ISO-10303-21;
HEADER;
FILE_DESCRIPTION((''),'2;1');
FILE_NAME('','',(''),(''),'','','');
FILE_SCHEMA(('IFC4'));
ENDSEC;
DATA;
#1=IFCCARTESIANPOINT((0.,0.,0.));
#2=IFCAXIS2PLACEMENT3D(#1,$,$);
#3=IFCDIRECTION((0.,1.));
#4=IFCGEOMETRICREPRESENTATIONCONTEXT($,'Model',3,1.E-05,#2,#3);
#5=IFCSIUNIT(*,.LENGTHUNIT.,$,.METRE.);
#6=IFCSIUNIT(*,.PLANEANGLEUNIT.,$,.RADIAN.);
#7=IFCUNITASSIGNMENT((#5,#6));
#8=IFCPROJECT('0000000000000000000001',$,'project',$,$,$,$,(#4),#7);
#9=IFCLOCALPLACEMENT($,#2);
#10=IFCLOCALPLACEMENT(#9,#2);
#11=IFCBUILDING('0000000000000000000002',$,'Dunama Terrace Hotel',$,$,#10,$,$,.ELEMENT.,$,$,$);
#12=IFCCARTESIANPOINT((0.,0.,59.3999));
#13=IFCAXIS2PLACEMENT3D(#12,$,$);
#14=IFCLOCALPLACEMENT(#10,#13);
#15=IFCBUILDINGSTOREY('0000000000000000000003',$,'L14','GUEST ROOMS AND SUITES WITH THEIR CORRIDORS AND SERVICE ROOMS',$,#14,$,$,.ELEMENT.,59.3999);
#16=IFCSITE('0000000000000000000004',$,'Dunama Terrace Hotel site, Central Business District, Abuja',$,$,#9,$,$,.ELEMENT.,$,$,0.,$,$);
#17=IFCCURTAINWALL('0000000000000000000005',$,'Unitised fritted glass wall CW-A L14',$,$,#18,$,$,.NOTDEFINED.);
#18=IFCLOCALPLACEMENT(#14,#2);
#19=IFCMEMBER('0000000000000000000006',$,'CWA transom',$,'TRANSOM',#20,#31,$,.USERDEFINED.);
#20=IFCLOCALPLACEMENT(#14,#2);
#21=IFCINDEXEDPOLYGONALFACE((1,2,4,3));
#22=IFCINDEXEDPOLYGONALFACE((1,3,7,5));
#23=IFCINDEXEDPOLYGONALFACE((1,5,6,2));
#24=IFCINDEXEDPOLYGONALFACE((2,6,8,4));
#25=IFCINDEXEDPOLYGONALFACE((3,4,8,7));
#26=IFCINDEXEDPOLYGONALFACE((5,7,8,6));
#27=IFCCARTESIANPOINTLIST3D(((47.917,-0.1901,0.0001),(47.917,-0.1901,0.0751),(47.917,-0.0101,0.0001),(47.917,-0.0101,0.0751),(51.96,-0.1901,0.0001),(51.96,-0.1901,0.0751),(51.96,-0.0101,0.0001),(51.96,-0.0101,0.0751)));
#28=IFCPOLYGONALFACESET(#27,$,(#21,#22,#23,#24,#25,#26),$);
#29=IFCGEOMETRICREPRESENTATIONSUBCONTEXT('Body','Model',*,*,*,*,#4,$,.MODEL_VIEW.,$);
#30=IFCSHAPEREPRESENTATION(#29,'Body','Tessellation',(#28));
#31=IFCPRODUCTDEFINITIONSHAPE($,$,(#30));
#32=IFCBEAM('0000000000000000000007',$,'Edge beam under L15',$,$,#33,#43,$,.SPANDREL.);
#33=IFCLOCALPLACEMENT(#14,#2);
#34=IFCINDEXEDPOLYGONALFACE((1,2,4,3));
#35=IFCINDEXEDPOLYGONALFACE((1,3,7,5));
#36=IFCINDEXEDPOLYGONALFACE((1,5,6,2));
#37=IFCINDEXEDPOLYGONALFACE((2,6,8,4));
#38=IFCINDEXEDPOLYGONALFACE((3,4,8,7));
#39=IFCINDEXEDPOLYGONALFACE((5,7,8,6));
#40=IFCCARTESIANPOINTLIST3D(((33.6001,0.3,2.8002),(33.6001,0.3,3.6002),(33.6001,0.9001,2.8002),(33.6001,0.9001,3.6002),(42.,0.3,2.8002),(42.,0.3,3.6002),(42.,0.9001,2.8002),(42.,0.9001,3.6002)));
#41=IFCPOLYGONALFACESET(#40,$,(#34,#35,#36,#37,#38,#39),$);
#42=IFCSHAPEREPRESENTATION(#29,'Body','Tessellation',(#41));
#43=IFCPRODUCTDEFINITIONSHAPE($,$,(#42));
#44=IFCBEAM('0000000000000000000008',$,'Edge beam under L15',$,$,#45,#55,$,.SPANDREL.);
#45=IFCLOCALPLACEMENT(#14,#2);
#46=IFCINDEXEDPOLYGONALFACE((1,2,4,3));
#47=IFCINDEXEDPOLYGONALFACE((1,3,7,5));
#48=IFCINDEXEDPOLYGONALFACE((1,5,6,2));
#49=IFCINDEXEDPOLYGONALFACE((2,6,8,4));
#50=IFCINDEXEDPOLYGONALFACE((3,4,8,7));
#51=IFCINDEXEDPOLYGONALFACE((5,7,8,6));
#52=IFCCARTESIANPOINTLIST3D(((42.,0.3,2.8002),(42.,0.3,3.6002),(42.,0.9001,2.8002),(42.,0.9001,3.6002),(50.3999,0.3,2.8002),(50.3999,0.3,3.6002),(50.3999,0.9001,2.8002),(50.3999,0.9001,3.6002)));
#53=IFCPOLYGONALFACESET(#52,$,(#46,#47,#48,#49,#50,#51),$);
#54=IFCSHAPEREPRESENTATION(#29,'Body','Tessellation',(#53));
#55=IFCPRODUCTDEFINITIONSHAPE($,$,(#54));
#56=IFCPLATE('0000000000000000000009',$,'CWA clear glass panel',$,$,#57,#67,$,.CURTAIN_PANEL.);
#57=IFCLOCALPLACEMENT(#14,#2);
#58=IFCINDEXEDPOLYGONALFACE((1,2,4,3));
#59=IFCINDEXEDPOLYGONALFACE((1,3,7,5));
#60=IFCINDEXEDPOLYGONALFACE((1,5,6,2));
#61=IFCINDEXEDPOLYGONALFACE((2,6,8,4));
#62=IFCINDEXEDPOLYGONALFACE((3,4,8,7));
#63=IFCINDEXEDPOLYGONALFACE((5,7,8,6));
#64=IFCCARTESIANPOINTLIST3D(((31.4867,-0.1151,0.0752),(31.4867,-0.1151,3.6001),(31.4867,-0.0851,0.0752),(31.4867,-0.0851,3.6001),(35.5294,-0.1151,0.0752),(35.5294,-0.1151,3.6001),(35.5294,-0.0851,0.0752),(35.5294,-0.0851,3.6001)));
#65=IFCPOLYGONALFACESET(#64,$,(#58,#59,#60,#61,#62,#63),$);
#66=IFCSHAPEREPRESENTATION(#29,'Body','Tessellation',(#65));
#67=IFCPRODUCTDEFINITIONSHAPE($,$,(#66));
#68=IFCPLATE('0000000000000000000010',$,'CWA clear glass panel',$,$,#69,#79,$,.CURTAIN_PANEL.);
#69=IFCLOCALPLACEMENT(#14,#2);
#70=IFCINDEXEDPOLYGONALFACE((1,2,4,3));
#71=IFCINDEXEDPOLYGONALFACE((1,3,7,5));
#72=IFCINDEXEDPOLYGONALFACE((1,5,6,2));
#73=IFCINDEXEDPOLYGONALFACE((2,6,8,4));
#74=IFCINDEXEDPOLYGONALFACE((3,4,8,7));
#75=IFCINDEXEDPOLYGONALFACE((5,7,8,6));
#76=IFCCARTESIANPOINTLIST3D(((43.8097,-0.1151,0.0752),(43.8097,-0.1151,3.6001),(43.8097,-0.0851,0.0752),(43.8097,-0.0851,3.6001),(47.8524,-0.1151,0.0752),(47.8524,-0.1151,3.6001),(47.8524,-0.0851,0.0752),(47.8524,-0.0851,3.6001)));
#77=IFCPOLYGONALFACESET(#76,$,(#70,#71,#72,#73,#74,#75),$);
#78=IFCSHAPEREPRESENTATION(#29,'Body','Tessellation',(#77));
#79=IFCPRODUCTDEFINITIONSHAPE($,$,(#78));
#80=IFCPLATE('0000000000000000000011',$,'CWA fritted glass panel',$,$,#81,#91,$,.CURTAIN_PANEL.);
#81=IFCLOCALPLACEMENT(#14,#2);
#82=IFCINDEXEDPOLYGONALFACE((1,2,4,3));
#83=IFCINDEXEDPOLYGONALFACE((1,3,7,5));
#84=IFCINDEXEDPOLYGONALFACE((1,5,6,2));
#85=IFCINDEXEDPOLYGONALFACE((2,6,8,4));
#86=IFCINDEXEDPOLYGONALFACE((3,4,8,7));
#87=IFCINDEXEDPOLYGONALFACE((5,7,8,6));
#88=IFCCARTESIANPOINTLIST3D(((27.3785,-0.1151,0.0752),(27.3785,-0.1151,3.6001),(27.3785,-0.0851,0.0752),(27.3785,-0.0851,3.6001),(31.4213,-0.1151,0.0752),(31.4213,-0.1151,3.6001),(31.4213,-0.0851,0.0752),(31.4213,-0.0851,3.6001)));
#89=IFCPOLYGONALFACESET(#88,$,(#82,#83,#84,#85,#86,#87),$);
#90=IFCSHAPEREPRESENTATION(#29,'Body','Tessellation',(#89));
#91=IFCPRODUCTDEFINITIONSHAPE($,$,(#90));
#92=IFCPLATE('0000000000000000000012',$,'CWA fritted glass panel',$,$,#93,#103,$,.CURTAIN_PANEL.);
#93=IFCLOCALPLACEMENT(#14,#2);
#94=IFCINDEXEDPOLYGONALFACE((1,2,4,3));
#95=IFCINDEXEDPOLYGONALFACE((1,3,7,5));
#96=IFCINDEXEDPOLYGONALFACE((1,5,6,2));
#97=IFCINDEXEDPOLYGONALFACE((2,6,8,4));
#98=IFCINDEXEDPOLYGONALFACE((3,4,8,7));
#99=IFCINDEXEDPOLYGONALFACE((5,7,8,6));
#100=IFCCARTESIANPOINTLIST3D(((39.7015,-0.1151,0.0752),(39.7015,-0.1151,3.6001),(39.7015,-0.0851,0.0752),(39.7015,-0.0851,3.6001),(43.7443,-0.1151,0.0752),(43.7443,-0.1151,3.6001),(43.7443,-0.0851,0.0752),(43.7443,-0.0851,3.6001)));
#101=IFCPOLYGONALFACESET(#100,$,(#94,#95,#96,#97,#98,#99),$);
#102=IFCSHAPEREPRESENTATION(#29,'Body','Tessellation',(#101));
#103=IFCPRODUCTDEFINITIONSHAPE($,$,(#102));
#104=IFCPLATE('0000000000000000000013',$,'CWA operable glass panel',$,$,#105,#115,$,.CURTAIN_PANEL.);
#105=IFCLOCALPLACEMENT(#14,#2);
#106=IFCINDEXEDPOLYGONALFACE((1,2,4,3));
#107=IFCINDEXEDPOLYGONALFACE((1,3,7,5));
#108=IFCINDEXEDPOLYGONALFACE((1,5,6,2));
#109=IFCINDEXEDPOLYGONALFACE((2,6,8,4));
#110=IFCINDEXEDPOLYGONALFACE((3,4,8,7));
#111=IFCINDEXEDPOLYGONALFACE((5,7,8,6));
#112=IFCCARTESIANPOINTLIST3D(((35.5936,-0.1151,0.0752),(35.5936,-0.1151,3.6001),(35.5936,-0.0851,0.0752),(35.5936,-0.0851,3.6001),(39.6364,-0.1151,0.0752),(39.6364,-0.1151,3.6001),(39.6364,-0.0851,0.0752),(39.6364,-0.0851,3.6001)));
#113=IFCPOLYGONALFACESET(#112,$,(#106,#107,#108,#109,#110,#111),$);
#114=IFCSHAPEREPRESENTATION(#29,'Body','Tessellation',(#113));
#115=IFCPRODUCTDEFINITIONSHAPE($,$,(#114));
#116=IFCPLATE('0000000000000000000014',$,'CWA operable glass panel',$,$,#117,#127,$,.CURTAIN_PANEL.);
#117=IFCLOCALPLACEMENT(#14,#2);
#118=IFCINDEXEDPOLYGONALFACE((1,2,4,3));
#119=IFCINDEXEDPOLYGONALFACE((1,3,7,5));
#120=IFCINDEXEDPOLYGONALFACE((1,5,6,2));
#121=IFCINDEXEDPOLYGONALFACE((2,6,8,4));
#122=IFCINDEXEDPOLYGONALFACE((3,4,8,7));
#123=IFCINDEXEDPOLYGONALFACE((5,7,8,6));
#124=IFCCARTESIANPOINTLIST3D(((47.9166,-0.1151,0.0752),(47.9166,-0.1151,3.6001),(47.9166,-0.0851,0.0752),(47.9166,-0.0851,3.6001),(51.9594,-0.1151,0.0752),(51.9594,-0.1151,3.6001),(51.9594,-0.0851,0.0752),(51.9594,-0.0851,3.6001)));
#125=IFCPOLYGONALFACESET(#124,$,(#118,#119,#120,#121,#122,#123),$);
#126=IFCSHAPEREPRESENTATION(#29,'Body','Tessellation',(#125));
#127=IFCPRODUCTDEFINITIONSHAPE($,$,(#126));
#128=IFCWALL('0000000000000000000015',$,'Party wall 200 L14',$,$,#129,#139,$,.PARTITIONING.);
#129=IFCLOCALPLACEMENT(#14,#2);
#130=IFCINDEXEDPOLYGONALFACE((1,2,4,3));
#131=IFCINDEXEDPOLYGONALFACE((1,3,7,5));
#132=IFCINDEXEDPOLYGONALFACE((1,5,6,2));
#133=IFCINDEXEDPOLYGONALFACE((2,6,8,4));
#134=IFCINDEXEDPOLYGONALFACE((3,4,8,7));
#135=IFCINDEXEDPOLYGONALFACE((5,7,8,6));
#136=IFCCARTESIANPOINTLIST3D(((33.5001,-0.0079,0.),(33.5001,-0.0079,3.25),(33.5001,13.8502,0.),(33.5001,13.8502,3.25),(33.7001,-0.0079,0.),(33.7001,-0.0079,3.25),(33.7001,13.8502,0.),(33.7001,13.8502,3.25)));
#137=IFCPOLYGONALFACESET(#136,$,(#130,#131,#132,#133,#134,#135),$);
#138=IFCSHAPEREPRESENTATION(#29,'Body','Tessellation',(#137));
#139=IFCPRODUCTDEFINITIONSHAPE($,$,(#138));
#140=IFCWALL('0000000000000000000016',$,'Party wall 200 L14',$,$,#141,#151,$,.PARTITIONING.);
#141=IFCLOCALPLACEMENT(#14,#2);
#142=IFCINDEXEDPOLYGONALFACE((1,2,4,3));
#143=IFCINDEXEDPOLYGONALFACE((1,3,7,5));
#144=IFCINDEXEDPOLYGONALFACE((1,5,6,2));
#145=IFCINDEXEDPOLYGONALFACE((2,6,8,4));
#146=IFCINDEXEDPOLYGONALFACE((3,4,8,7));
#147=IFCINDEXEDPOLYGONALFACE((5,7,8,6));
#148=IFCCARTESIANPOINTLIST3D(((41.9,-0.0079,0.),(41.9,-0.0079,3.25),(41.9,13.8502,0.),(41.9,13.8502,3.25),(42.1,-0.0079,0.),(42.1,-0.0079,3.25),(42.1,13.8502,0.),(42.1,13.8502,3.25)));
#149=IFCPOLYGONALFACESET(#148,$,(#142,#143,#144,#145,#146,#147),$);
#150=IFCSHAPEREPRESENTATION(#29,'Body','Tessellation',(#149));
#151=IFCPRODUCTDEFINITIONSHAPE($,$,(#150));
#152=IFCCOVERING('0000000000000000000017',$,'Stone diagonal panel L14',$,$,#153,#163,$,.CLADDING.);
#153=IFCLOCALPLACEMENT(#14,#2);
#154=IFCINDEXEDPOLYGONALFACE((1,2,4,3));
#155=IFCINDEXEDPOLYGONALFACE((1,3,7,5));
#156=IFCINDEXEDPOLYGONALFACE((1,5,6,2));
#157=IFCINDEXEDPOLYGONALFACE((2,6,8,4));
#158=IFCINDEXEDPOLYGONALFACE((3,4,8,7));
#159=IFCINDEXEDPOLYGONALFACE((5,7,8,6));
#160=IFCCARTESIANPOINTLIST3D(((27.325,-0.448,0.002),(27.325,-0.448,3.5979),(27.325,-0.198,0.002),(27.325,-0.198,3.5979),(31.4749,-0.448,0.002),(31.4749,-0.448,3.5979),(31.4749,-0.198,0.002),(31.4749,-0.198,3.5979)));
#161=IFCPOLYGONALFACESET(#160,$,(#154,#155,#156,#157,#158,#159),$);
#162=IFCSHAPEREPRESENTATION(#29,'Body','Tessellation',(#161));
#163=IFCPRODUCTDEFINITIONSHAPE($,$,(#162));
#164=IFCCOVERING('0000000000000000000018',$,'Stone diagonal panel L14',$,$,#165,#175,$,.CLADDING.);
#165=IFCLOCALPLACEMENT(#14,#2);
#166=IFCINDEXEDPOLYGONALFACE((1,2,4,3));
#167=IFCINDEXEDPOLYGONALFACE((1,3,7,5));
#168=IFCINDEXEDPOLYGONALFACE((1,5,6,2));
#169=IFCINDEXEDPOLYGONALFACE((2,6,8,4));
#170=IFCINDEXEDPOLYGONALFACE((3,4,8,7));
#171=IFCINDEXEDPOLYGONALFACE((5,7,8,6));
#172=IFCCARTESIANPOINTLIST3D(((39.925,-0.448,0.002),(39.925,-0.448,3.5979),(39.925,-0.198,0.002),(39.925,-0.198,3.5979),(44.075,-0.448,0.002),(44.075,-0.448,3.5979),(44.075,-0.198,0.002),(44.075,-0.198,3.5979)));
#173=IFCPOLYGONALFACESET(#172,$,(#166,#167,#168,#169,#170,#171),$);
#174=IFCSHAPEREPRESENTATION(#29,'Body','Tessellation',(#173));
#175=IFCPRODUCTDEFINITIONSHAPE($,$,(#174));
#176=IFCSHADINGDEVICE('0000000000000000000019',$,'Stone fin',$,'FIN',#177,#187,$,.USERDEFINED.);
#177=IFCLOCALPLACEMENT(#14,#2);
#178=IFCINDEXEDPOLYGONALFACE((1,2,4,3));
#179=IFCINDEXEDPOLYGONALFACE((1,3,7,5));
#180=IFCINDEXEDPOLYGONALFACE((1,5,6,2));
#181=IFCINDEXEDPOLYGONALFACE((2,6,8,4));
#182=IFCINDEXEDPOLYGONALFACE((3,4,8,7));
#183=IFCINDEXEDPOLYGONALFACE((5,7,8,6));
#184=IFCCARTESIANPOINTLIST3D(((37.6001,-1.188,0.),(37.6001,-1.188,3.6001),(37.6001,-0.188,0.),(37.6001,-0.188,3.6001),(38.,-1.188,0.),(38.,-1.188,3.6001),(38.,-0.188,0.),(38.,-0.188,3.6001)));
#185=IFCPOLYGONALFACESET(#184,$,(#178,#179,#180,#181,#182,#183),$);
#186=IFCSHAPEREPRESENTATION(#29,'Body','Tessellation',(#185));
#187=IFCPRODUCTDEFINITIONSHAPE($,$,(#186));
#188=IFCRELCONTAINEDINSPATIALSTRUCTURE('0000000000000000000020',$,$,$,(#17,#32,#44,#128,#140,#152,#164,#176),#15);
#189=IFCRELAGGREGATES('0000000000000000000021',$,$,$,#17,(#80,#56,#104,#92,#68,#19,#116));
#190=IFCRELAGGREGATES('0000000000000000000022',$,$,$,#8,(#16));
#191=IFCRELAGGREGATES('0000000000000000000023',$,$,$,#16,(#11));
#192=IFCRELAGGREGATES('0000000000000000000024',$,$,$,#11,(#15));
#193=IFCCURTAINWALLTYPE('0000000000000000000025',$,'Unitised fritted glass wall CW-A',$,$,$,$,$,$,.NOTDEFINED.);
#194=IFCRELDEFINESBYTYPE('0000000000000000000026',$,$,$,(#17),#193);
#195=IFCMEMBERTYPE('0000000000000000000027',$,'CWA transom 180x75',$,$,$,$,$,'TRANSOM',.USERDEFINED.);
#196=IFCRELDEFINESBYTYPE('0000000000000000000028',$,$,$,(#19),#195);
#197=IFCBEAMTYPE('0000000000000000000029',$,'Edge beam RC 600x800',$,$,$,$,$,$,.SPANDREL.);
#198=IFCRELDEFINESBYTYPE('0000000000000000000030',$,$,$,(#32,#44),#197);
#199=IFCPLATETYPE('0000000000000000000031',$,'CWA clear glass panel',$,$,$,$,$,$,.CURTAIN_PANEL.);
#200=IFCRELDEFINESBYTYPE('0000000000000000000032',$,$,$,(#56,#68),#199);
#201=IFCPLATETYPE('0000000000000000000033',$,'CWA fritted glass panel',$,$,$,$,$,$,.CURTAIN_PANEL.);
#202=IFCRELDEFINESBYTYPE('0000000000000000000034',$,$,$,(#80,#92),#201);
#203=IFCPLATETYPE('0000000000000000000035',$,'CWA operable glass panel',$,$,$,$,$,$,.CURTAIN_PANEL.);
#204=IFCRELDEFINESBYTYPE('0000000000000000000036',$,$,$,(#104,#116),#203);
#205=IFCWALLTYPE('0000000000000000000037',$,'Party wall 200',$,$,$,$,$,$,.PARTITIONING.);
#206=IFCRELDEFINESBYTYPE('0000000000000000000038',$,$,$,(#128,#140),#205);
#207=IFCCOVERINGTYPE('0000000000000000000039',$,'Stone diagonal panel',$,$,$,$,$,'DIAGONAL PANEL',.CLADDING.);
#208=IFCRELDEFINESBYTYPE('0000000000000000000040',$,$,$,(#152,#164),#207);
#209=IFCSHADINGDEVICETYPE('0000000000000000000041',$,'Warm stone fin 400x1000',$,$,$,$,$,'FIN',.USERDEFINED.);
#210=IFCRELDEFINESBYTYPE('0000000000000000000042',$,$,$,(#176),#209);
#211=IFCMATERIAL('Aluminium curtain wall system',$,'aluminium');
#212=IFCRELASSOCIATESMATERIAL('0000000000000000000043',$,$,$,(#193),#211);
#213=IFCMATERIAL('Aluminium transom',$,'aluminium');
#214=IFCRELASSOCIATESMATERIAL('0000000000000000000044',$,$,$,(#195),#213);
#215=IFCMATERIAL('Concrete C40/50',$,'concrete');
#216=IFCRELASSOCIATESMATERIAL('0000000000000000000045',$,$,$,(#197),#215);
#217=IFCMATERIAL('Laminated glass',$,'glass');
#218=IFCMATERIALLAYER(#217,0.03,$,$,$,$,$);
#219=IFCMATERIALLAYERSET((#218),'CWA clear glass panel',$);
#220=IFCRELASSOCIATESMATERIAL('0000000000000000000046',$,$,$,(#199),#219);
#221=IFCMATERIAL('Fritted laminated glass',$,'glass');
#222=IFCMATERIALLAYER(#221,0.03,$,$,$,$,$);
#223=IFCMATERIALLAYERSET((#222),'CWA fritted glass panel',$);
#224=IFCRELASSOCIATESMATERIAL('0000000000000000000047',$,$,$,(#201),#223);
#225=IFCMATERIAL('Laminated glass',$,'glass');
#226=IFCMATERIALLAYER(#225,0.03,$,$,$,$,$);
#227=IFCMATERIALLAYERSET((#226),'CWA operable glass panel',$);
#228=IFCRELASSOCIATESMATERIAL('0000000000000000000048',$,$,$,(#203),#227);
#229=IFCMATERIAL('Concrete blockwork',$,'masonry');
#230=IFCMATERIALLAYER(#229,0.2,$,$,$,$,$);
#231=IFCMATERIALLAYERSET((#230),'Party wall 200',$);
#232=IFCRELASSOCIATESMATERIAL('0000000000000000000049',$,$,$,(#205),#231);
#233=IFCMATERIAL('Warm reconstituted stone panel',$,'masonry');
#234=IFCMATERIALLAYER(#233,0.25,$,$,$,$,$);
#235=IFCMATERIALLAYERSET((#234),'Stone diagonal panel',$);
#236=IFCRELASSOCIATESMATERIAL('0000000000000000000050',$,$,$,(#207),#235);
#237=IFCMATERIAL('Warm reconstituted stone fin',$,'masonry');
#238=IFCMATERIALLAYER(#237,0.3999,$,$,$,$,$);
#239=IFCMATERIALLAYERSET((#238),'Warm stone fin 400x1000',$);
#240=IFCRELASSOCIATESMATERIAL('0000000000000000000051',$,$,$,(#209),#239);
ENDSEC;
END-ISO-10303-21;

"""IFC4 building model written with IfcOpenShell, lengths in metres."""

from ifc_helpers import new_model, si_unit, direction, frame, frame_2d, origin, origin_2d, place, context, subcontext, project, spatial, rectangle, extrude, material, layer, layer_set, material_profile, profile_set, type_object, element, aggregate, save


model = new_model("IFC4")

# Units and contexts
model_context = context("Model", 3, precision=1e-05, world=origin(), true_north=direction((0.0, 1.0)))
body_context = subcontext(model_context, "Body", "Model", "MODEL_VIEW")
ifc_project = project(units=[si_unit("LENGTHUNIT", "METRE"), si_unit("PLANEANGLEUNIT", "RADIAN")], contexts=[model_context])

# Site, building, storey
site_placement = place(None, origin())
site = spatial("IfcSite", under=ifc_project, at=site_placement, Name="Dunama Terrace Hotel site, Central Business District, Abuja", CompositionType="ELEMENT", RefElevation=0.0)
building_placement = place(site_placement, origin())
building = spatial("IfcBuilding", under=site, at=building_placement, Name="Dunama Terrace Hotel", CompositionType="ELEMENT")
storey_placement = place(building_placement, frame((0.0, 0.0, 59.3999)))
storey = spatial("IfcBuildingStorey", under=building, at=storey_placement, Name="L14", Description="GUEST ROOMS AND SUITES WITH THEIR CORRIDORS AND SERVICE ROOMS", CompositionType="ELEMENT", Elevation=59.3999)

# Curtain wall, member
ifc_material_1 = material(Name="Aluminium curtain wall system", Category="aluminium")
curtain_wall_type = type_object("IfcCurtainWallType", Name="Unitised fritted glass wall CW-A", PredefinedType="NOTDEFINED", material=ifc_material_1)
curtain_wall_placement = place(storey_placement, origin())
curtain_wall = element("IfcCurtainWall", 1, at=curtain_wall_placement, inside=storey, type_object=curtain_wall_type, Name="Unitised fritted glass wall CW-A L14", PredefinedType="NOTDEFINED")
ifc_material_2 = material(Name="Aluminium transom", Category="aluminium")
ifc_material_profile_1 = material_profile(ifc_material_2, rectangle(XDim=0.1799, YDim=0.075, at=origin_2d()), Name="CWA TRANSOM 180X75")
ifc_profile_set_1 = profile_set([ifc_material_profile_1], Name="Aluminium transom")
member_type_1 = type_object("IfcMemberType", Name="CWA transom 180x75", ElementType="TRANSOM", PredefinedType="USERDEFINED", material=ifc_profile_set_1)
member_1_placement = place(storey_placement, frame((47.917, -0.1001, 0.0376), z_axis=(1.0, 0.0, 0.0), x_axis=(0.0, 1.0, 0.0)))
member_1 = element("IfcMember", 2, at=member_1_placement, type_object=member_type_1, Name="CWA transom", ObjectType="TRANSOM", PredefinedType="USERDEFINED", context=body_context, shape_type="SweptSolid", body=[
    extrude(rectangle(XDim=0.1799, YDim=0.075, at=origin_2d()), origin(), (0.0, 0.0, 1.0), 4.043),
])

# Beams
ifc_material_3 = material(Name="Concrete C40/50", Category="concrete")
ifc_material_profile_2 = material_profile(ifc_material_3, rectangle(XDim=0.6001, YDim=0.8, at=origin_2d()), Name="RC 600x800")
ifc_profile_set_2 = profile_set([ifc_material_profile_2], Name="Concrete C40/50")
beam_type = type_object("IfcBeamType", Name="Edge beam RC 600x800", PredefinedType="SPANDREL", material=ifc_profile_set_2)
for number, where, z_axis, x_axis, name in (
    (3, (33.6001, 0.6001, 3.2002), (1.0, 0.0, 0.0), (0.0, 1.0, 0.0), "Edge beam under L15"),
    (4, (42.0, 0.6001, 3.2002), (1.0, 0.0, 0.0), (0.0, 1.0, 0.0), "Edge beam under L15"),
):
    element("IfcBeam", number, at=place(storey_placement, frame(where, z_axis=z_axis, x_axis=x_axis)), inside=storey, type_object=beam_type, Name=name, PredefinedType="SPANDREL", context=body_context, shape_type="SweptSolid", body=[
        extrude(rectangle(XDim=0.6001, YDim=0.8, at=origin_2d()), origin(), (0.0, 0.0, 1.0), 8.3999),
    ])

# Plates
ifc_material_4 = material(Name="Laminated glass", Category="glass")
ifc_layer_1 = layer(ifc_material_4, 0.03)
ifc_layer_set_1 = layer_set([ifc_layer_1], Name="CWA clear glass panel")
plate_type_1 = type_object("IfcPlateType", Name="CWA clear glass panel", PredefinedType="CURTAIN_PANEL", material=ifc_layer_set_1)
plate_1_placement = place(storey_placement, frame((33.5081, -0.1001, 0.0752), z_axis=(0.0, 0.0, 1.0), x_axis=(1.0, 0.0, 0.0)))
plate_1 = element("IfcPlate", 5, at=plate_1_placement, type_object=plate_type_1, Name="CWA clear glass panel", PredefinedType="CURTAIN_PANEL", context=body_context, shape_type="SweptSolid", body=[
    extrude(rectangle(XDim=4.0427, YDim=0.03, at=origin_2d()), origin(), (0.0, 0.0, 1.0), 3.5249),
])
plate_2_placement = place(storey_placement, frame((45.8311, -0.1001, 0.0752), z_axis=(0.0, 0.0, 1.0), x_axis=(1.0, 0.0, 0.0)))
plate_2 = element("IfcPlate", 6, at=plate_2_placement, type_object=plate_type_1, Name="CWA clear glass panel", PredefinedType="CURTAIN_PANEL", context=body_context, shape_type="SweptSolid", body=[
    extrude(rectangle(XDim=4.0427, YDim=0.03, at=origin_2d()), origin(), (0.0, 0.0, 1.0), 3.5249),
])
ifc_material_5 = material(Name="Fritted laminated glass", Category="glass")
ifc_layer_2 = layer(ifc_material_5, 0.03)
ifc_layer_set_2 = layer_set([ifc_layer_2], Name="CWA fritted glass panel")
plate_type_2 = type_object("IfcPlateType", Name="CWA fritted glass panel", PredefinedType="CURTAIN_PANEL", material=ifc_layer_set_2)
plate_3_placement = place(storey_placement, frame((29.3999, -0.1001, 0.0752), z_axis=(0.0, 0.0, 1.0), x_axis=(1.0, 0.0, 0.0)))
plate_3 = element("IfcPlate", 7, at=plate_3_placement, type_object=plate_type_2, Name="CWA fritted glass panel", PredefinedType="CURTAIN_PANEL", context=body_context, shape_type="SweptSolid", body=[
    extrude(rectangle(XDim=4.0427, YDim=0.03, at=origin_2d()), origin(), (0.0, 0.0, 1.0), 3.5249),
])
plate_4_placement = place(storey_placement, frame((41.7229, -0.1001, 0.0752), z_axis=(0.0, 0.0, 1.0), x_axis=(1.0, 0.0, 0.0)))
plate_4 = element("IfcPlate", 8, at=plate_4_placement, type_object=plate_type_2, Name="CWA fritted glass panel", PredefinedType="CURTAIN_PANEL", context=body_context, shape_type="SweptSolid", body=[
    extrude(rectangle(XDim=4.0427, YDim=0.03, at=origin_2d()), origin(), (0.0, 0.0, 1.0), 3.5249),
])
ifc_material_6 = material(Name="Laminated glass", Category="glass")
ifc_layer_3 = layer(ifc_material_6, 0.03)
ifc_layer_set_3 = layer_set([ifc_layer_3], Name="CWA operable glass panel")
plate_type_3 = type_object("IfcPlateType", Name="CWA operable glass panel", PredefinedType="CURTAIN_PANEL", material=ifc_layer_set_3)
plate_5_placement = place(storey_placement, frame((37.615, -0.1001, 0.0752), z_axis=(0.0, 0.0, 1.0), x_axis=(1.0, 0.0, 0.0)))
plate_5 = element("IfcPlate", 9, at=plate_5_placement, type_object=plate_type_3, Name="CWA operable glass panel", PredefinedType="CURTAIN_PANEL", context=body_context, shape_type="SweptSolid", body=[
    extrude(rectangle(XDim=4.0427, YDim=0.03, at=origin_2d()), origin(), (0.0, 0.0, 1.0), 3.5249),
])
plate_6_placement = place(storey_placement, frame((49.938, -0.1001, 0.0752), z_axis=(0.0, 0.0, 1.0), x_axis=(1.0, 0.0, 0.0)))
plate_6 = element("IfcPlate", 10, at=plate_6_placement, type_object=plate_type_3, Name="CWA operable glass panel", PredefinedType="CURTAIN_PANEL", context=body_context, shape_type="SweptSolid", body=[
    extrude(rectangle(XDim=4.0427, YDim=0.03, at=origin_2d()), origin(), (0.0, 0.0, 1.0), 3.5249),
])
aggregate(curtain_wall, [plate_3, plate_1, plate_5, plate_4, plate_2, member_1, plate_6])

# Walls
ifc_material_7 = material(Name="Concrete blockwork", Category="masonry")
ifc_layer_4 = layer(ifc_material_7, 0.2)
ifc_layer_set_4 = layer_set([ifc_layer_4], Name="Party wall 200")
wall_type = type_object("IfcWallType", Name="Party wall 200", PredefinedType="PARTITIONING", material=ifc_layer_set_4)
for number, where, z_axis, x_axis, name in (
    (11, (33.6001, -0.0081, 0.0), (0.0, 0.0, 1.0), (0.0, 1.0, 0.0), "Party wall 200 L14"),
    (12, (42.0, -0.0081, 0.0), (0.0, 0.0, 1.0), (0.0, 1.0, 0.0), "Party wall 200 L14"),
):
    element("IfcWall", number, at=place(storey_placement, frame(where, z_axis=z_axis, x_axis=x_axis)), inside=storey, type_object=wall_type, Name=name, PredefinedType="PARTITIONING", context=body_context, shape_type="SweptSolid", body=[
        extrude(rectangle(XDim=13.8582, YDim=0.2, at=frame_2d((6.9292, 0.0))), origin(), (0.0, 0.0, 1.0), 3.25),
    ])

# Coverings
ifc_material_8 = material(Name="Warm reconstituted stone panel", Category="masonry")
ifc_layer_5 = layer(ifc_material_8, 0.25)
ifc_layer_set_5 = layer_set([ifc_layer_5], Name="Stone diagonal panel")
covering_type = type_object("IfcCoveringType", Name="Stone diagonal panel", ElementType="DIAGONAL PANEL", PredefinedType="CLADDING", material=ifc_layer_set_5)
for number, where, z_axis, x_axis, name in (
    (13, (29.3999, -0.323, 0.002), (0.0, 0.0, 1.0), (1.0, 0.0, 0.0), "Stone diagonal panel L14"),
    (14, (42.0, -0.323, 0.002), (0.0, 0.0, 1.0), (1.0, 0.0, 0.0), "Stone diagonal panel L14"),
):
    element("IfcCovering", number, at=place(storey_placement, frame(where, z_axis=z_axis, x_axis=x_axis)), inside=storey, type_object=covering_type, Name=name, PredefinedType="CLADDING", context=body_context, shape_type="SweptSolid", body=[
        extrude(rectangle(XDim=4.1499, YDim=0.25, at=origin_2d()), origin(), (0.0, 0.0, 1.0), 3.5959),
    ])

# Shading device
ifc_material_9 = material(Name="Warm reconstituted stone fin", Category="masonry")
ifc_layer_6 = layer(ifc_material_9, 0.3999)
ifc_layer_set_6 = layer_set([ifc_layer_6], Name="Warm stone fin 400x1000")
shading_device_type = type_object("IfcShadingDeviceType", Name="Warm stone fin 400x1000", ElementType="FIN", PredefinedType="USERDEFINED", material=ifc_layer_set_6)
shading_device_placement = place(storey_placement, frame((37.8, -0.688, 0.0), z_axis=(0.0, 0.0, 1.0), x_axis=(1.0, 0.0, 0.0)))
element("IfcShadingDevice", 15, at=shading_device_placement, inside=storey, type_object=shading_device_type, Name="Stone fin", ObjectType="FIN", PredefinedType="USERDEFINED", context=body_context, shape_type="SweptSolid", body=[
    extrude(rectangle(XDim=0.3999, YDim=1.0, at=origin_2d()), origin(), (0.0, 0.0, 1.0), 3.6001),
])

save(model, "model.ifc")
